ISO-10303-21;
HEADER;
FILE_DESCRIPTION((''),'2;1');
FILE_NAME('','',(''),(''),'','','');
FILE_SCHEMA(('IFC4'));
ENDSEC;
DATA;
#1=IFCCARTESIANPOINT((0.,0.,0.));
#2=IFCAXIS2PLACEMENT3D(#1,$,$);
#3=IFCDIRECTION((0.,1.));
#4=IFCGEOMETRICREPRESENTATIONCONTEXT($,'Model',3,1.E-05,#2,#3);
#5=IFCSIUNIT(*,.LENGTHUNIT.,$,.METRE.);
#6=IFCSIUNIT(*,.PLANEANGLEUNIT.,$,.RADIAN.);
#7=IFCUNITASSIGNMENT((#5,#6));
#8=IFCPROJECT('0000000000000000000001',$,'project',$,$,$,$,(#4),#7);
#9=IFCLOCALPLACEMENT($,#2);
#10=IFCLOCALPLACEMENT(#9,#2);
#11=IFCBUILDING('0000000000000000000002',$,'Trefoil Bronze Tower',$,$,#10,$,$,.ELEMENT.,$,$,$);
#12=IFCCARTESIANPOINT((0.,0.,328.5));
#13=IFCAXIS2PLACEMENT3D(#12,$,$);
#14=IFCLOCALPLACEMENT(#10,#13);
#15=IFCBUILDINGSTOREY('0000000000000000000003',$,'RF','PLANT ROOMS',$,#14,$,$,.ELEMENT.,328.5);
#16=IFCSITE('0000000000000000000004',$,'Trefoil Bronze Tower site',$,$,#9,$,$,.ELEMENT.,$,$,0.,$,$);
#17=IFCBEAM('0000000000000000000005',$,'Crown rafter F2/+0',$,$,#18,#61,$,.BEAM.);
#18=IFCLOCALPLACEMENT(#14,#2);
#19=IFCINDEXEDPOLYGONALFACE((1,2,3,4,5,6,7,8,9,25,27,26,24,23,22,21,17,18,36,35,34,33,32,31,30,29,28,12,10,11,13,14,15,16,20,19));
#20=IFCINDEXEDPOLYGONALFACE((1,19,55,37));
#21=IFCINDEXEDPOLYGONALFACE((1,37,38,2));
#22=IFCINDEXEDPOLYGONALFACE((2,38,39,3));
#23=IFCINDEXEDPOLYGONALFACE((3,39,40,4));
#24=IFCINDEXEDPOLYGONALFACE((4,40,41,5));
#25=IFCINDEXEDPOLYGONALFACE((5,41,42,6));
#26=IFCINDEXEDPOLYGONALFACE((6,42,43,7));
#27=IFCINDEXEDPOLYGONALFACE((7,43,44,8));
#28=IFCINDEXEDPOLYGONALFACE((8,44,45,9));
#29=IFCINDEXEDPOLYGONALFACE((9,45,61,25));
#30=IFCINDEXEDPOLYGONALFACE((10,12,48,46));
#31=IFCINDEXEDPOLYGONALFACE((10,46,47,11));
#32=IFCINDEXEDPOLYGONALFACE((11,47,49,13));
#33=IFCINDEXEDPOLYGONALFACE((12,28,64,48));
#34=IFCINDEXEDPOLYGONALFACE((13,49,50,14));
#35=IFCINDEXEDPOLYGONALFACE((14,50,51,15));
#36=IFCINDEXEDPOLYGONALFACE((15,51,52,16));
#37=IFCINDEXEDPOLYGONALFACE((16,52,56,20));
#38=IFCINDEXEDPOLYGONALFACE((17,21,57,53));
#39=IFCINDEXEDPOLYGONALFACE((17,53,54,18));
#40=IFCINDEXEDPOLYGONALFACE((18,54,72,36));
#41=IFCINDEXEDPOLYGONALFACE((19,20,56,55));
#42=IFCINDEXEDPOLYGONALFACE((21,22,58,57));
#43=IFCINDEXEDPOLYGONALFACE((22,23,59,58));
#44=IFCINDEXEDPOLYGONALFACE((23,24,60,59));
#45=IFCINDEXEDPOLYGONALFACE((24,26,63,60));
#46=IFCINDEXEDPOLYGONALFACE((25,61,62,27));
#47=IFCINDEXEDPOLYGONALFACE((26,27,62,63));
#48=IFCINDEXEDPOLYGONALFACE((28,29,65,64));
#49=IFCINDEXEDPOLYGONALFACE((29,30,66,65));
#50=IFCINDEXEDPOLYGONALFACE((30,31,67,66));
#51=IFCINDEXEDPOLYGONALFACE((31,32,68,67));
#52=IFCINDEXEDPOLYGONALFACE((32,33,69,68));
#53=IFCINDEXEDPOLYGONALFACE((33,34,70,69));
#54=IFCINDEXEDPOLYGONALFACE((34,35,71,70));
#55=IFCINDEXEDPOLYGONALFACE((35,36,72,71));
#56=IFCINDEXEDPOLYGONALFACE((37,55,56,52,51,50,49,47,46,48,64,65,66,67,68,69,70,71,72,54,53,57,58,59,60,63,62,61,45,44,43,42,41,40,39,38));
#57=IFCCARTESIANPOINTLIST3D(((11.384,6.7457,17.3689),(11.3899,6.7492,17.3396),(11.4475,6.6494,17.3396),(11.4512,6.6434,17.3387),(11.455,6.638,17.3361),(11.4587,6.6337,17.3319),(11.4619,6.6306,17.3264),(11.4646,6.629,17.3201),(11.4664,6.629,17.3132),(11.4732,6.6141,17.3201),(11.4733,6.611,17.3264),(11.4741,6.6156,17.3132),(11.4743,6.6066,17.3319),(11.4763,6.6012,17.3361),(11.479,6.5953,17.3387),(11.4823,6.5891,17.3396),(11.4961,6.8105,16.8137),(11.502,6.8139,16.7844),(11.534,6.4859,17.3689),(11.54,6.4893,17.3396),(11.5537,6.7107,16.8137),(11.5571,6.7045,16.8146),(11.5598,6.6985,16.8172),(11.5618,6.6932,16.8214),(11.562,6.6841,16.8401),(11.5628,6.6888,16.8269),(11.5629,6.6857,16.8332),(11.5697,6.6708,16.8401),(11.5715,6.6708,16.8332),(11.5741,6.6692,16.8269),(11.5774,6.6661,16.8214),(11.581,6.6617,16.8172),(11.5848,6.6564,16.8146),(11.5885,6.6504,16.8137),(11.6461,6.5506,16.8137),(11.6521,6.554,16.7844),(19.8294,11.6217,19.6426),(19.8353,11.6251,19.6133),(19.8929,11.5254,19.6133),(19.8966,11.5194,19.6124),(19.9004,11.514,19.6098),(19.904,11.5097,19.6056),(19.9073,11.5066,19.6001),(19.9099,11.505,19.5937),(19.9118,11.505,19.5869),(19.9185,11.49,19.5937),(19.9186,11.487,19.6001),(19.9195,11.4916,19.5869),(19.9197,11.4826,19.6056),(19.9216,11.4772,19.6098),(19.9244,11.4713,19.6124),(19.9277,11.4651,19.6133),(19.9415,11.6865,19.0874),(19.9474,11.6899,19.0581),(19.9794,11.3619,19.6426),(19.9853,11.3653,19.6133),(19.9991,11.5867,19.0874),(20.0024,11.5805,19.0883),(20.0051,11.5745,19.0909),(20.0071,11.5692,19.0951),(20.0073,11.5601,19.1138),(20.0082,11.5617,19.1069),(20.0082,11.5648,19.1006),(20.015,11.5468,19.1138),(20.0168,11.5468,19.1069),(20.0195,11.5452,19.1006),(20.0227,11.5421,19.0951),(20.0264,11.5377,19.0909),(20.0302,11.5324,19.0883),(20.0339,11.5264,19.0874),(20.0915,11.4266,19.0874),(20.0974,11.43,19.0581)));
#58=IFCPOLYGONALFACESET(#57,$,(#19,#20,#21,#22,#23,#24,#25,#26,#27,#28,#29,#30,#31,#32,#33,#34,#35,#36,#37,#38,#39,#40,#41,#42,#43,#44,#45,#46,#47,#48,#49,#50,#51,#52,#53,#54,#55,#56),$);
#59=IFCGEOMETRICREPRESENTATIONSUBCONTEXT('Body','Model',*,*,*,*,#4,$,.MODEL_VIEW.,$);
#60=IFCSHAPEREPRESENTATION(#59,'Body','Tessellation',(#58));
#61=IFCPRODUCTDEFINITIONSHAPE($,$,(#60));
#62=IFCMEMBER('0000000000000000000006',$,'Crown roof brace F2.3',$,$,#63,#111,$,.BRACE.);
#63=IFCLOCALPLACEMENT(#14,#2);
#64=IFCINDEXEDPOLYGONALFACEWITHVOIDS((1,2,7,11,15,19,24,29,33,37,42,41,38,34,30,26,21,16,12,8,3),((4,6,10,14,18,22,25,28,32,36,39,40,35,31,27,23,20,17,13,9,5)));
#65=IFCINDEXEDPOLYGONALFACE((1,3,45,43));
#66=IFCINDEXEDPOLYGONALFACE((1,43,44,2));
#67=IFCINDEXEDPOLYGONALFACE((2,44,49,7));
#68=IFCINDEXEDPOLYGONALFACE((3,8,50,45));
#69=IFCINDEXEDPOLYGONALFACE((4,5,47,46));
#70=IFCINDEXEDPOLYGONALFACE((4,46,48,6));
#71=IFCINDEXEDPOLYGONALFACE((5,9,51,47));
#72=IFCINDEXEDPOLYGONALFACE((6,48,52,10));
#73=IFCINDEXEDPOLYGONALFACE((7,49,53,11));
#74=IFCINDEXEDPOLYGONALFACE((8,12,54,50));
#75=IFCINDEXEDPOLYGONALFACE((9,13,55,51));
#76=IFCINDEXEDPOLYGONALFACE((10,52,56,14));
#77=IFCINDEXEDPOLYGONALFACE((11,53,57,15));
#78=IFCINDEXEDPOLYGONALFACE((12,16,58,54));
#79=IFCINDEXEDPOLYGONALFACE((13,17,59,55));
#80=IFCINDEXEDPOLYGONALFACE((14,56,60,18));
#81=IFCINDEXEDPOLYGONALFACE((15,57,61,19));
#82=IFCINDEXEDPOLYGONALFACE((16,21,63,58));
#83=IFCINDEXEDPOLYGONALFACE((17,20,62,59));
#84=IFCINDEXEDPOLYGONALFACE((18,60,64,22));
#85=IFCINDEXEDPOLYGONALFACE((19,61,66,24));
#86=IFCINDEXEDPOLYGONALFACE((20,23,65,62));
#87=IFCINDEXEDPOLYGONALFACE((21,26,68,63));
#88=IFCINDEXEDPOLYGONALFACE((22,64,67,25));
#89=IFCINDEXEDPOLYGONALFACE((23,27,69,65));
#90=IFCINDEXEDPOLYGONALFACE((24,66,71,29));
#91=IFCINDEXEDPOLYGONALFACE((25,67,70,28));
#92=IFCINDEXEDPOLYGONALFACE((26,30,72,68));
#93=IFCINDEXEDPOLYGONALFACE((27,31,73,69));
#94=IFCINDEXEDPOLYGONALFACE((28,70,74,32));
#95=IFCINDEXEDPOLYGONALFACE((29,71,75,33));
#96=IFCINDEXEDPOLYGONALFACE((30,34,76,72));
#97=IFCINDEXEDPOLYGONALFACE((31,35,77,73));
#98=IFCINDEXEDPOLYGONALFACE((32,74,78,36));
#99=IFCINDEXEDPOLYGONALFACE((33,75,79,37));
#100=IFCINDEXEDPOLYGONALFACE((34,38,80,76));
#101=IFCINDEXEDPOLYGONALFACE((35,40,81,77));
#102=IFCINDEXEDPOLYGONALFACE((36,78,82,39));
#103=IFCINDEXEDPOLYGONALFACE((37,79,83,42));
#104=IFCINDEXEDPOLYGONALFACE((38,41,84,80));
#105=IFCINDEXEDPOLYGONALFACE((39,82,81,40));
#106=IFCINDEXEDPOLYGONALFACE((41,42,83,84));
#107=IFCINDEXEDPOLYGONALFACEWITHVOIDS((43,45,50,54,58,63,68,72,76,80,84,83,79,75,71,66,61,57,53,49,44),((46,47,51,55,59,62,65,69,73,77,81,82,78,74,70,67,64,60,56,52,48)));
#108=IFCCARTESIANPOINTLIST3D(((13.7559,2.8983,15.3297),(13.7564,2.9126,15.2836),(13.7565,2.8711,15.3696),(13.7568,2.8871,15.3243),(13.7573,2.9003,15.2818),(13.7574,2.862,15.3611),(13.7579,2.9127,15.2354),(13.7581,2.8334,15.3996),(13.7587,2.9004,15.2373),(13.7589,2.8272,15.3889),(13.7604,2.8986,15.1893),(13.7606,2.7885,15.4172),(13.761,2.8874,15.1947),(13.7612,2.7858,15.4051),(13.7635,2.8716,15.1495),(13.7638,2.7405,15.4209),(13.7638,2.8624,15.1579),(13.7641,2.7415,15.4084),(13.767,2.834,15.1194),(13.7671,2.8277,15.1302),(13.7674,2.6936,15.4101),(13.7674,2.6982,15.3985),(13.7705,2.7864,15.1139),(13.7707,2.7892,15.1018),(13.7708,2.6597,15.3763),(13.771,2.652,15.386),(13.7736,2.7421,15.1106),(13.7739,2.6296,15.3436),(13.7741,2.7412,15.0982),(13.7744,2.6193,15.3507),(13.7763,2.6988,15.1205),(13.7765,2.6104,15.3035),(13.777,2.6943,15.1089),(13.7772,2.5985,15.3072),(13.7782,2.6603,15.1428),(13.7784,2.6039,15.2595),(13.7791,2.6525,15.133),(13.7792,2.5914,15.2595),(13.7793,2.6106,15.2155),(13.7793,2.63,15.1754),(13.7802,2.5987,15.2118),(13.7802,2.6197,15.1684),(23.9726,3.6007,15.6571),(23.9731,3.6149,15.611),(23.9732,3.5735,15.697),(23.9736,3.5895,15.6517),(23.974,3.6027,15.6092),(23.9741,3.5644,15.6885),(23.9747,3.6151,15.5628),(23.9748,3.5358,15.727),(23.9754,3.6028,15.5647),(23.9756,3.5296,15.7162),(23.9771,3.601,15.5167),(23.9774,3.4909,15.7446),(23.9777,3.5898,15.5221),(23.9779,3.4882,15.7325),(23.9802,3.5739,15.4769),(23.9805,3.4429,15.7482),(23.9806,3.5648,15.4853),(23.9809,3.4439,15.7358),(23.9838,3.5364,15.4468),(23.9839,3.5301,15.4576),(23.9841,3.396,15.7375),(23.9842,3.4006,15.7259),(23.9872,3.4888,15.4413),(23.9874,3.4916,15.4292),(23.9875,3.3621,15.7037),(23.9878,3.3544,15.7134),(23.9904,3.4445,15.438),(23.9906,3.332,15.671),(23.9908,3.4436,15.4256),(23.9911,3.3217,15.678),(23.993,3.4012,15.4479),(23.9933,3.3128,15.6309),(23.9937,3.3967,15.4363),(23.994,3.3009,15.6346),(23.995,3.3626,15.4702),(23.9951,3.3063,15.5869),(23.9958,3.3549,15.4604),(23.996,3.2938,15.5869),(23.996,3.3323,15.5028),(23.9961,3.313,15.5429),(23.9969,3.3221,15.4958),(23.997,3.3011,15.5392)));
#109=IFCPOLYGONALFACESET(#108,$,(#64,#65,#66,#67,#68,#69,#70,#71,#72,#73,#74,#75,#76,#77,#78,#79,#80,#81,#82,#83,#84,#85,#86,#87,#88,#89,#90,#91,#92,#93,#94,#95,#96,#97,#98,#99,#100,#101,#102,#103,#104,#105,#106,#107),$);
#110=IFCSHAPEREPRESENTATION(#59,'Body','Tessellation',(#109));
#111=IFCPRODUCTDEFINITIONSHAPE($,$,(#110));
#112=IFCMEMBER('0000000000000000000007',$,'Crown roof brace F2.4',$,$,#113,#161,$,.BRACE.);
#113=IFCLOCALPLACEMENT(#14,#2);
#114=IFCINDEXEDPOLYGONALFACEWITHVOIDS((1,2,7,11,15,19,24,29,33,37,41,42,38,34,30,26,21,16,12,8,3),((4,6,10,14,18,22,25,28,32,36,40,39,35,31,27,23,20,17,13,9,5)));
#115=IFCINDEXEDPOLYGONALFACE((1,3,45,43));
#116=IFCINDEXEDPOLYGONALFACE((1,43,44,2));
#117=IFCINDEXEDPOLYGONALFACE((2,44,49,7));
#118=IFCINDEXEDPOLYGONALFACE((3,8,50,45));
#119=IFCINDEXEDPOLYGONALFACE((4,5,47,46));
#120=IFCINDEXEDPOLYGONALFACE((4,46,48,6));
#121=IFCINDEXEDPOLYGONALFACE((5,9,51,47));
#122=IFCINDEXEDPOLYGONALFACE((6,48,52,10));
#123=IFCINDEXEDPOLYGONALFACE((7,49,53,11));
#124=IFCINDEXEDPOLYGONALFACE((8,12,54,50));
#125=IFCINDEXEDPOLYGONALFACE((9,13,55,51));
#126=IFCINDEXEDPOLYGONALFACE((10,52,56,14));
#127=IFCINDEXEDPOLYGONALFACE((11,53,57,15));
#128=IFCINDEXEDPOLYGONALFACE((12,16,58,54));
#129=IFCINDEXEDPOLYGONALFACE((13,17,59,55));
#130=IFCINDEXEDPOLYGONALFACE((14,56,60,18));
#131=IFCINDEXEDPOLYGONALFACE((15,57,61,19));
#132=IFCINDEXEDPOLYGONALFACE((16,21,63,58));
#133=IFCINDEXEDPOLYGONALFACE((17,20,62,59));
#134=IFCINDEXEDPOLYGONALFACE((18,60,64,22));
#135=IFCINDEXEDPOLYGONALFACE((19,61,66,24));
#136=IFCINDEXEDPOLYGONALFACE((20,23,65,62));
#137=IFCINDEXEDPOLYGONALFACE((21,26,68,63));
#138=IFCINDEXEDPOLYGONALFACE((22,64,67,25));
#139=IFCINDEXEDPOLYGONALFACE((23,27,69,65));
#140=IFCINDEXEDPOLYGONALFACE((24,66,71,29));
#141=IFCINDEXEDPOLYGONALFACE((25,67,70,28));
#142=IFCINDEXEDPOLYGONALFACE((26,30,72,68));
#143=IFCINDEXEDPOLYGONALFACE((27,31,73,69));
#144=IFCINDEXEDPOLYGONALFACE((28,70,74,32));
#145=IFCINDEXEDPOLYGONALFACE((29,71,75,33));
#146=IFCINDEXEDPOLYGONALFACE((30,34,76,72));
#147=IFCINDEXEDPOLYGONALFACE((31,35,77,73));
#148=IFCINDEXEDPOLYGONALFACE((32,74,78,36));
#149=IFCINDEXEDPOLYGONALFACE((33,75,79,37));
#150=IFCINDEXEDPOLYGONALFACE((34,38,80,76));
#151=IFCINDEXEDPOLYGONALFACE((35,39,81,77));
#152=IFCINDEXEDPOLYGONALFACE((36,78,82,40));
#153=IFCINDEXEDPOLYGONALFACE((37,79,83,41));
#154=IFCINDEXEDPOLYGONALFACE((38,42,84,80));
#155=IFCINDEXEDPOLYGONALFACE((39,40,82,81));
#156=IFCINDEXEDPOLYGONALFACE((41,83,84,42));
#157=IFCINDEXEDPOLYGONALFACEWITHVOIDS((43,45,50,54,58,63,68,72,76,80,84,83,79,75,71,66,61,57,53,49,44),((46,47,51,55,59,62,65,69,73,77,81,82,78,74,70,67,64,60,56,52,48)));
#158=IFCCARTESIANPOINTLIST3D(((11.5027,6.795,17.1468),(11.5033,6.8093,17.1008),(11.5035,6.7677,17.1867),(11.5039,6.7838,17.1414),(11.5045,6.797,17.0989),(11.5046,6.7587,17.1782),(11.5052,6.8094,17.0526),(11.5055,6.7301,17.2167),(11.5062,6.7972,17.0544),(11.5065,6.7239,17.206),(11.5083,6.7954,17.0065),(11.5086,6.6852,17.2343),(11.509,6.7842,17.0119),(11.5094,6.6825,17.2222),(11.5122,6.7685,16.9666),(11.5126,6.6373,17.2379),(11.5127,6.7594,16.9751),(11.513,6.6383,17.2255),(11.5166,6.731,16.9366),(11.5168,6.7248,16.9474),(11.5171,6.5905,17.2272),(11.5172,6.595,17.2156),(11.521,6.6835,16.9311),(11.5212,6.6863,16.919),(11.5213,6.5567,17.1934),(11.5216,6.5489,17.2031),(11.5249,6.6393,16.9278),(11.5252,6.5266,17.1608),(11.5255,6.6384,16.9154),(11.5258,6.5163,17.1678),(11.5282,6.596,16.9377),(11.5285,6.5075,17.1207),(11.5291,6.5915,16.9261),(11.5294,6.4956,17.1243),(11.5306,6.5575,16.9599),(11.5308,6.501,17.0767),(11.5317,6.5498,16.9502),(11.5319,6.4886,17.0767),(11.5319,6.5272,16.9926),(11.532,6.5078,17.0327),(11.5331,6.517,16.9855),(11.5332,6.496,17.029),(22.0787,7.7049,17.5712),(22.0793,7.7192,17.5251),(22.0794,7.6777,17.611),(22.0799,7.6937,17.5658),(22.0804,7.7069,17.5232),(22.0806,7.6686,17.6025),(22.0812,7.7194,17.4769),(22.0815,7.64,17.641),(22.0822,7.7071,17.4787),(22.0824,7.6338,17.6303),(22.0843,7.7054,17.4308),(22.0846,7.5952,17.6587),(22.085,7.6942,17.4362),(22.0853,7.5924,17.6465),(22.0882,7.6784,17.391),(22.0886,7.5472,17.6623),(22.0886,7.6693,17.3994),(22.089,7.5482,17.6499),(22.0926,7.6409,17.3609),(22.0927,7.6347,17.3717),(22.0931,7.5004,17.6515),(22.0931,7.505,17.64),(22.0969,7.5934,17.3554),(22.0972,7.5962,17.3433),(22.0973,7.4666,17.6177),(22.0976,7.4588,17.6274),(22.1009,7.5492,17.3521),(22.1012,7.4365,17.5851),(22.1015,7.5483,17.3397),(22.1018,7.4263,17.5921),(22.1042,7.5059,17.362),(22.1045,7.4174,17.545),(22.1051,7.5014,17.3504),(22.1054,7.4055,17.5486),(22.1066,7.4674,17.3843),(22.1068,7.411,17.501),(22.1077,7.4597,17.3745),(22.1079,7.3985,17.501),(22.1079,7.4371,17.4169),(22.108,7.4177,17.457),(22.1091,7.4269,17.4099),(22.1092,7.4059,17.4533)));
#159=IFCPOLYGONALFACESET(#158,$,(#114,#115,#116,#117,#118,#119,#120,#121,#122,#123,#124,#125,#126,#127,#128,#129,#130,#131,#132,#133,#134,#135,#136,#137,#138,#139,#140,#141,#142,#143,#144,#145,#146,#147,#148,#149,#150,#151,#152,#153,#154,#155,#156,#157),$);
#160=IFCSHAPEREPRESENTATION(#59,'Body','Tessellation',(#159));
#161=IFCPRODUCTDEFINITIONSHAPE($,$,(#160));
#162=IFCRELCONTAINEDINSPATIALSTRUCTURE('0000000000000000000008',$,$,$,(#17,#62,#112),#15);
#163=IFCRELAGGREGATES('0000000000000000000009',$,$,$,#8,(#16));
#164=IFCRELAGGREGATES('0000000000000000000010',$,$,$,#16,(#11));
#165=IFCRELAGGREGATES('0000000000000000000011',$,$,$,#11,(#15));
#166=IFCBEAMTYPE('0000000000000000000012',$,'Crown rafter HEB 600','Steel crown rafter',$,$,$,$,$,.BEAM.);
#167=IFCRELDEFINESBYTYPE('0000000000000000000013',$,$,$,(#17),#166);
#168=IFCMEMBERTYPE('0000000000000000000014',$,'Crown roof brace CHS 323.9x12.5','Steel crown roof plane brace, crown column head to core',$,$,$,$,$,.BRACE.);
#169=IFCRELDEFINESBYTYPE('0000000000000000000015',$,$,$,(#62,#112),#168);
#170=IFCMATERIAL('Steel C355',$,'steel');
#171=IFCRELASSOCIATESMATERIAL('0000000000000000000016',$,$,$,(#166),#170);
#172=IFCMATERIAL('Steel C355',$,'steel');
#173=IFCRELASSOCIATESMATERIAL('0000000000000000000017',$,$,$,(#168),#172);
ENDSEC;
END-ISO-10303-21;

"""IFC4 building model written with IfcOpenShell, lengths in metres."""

from ifc_helpers import new_model, si_unit, direction, frame, origin, origin_2d, place, context, subcontext, project, spatial, hollow_circle, i_section, extrude, material, material_profile, profile_set, type_object, element, save


model = new_model("IFC4")

# Units and contexts
model_context = context("Model", 3, precision=1e-05, world=origin(), true_north=direction((0.0, 1.0)))
body_context = subcontext(model_context, "Body", "Model", "MODEL_VIEW")
ifc_project = project(units=[si_unit("LENGTHUNIT", "METRE"), si_unit("PLANEANGLEUNIT", "RADIAN")], contexts=[model_context])

# Site, building, storey
site_placement = place(None, origin())
site = spatial("IfcSite", under=ifc_project, at=site_placement, Name="Trefoil Bronze Tower site", CompositionType="ELEMENT", RefElevation=0.0)
building_placement = place(site_placement, origin())
building = spatial("IfcBuilding", under=site, at=building_placement, Name="Trefoil Bronze Tower", CompositionType="ELEMENT")
storey_placement = place(building_placement, frame((0.0, 0.0, 328.5)))
storey = spatial("IfcBuildingStorey", under=building, at=storey_placement, Name="RF", Description="PLANT ROOMS", CompositionType="ELEMENT", Elevation=328.5)

# Beam
ifc_material_1 = material(Name="Steel C355", Category="steel")
ifc_material_profile_1 = material_profile(ifc_material_1, i_section(OverallWidth=0.3, OverallDepth=0.6001, WebThickness=0.0154, FlangeThickness=0.03, FilletRadius=0.0271, at=origin_2d()), Name="HEB 600")
ifc_profile_set_1 = profile_set([ifc_material_profile_1], Name="Steel C355")
beam_type_1 = type_object("IfcBeamType", Name="Crown rafter HEB 600", Description="Steel crown rafter", PredefinedType="BEAM", material=ifc_profile_set_1)
beam_1_placement = place(storey_placement, frame((19.9634, 11.5259, 19.3503), z_axis=(-0.843402, -0.486945, -0.227064), x_axis=(0.500006, -0.866022, 0.0)))
element("IfcBeam", 1, at=beam_1_placement, inside=storey, type_object=beam_type_1, Name="Crown rafter F2/+0", PredefinedType="BEAM", context=body_context, shape_type="SweptSolid", body=[
    extrude(i_section(OverallWidth=0.3, OverallDepth=0.6001, WebThickness=0.0154, FlangeThickness=0.03, FilletRadius=0.0271, at=origin_2d()), origin(), (0.0, 0.0, 1.0), 10.0134),
])

# Members
ifc_material_2 = material(Name="Steel C355", Category="steel")
ifc_material_profile_2 = material_profile(ifc_material_2, hollow_circle(Radius=0.1619, WallThickness=0.0125, at=origin_2d()), Name="CHS 323.9x12.5")
ifc_profile_set_2 = profile_set([ifc_material_profile_2], Name="Steel C355")
member_type = type_object("IfcMemberType", Name="Crown roof brace CHS 323.9x12.5", Description="Steel crown roof plane brace, crown column head to core", PredefinedType="BRACE", material=ifc_profile_set_2)
member_1_placement = place(storey_placement, frame((23.9849, 3.4553, 15.5869), z_axis=(-0.997136, -0.068552, -0.031953), x_axis=(0.068587, -0.997645, 0.0)))
element("IfcMember", 2, at=member_1_placement, inside=storey, type_object=member_type, Name="Crown roof brace F2.3", PredefinedType="BRACE", context=body_context, shape_type="SweptSolid", body=[
    extrude(hollow_circle(Radius=0.1619, WallThickness=0.0125, at=origin_2d()), origin(), (0.0, 0.0, 1.0), 10.2461),
])
member_2_placement = place(storey_placement, frame((22.094, 7.5598, 17.501), z_axis=(-0.995524, -0.085651, -0.039941), x_axis=(0.085719, -0.996319, 0.0)))
element("IfcMember", 3, at=member_2_placement, inside=storey, type_object=member_type, Name="Crown roof brace F2.4", PredefinedType="BRACE", context=body_context, shape_type="SweptSolid", body=[
    extrude(hollow_circle(Radius=0.1619, WallThickness=0.0125, at=origin_2d()), origin(), (0.0, 0.0, 1.0), 10.6235),
])

save(model, "model.ifc")
